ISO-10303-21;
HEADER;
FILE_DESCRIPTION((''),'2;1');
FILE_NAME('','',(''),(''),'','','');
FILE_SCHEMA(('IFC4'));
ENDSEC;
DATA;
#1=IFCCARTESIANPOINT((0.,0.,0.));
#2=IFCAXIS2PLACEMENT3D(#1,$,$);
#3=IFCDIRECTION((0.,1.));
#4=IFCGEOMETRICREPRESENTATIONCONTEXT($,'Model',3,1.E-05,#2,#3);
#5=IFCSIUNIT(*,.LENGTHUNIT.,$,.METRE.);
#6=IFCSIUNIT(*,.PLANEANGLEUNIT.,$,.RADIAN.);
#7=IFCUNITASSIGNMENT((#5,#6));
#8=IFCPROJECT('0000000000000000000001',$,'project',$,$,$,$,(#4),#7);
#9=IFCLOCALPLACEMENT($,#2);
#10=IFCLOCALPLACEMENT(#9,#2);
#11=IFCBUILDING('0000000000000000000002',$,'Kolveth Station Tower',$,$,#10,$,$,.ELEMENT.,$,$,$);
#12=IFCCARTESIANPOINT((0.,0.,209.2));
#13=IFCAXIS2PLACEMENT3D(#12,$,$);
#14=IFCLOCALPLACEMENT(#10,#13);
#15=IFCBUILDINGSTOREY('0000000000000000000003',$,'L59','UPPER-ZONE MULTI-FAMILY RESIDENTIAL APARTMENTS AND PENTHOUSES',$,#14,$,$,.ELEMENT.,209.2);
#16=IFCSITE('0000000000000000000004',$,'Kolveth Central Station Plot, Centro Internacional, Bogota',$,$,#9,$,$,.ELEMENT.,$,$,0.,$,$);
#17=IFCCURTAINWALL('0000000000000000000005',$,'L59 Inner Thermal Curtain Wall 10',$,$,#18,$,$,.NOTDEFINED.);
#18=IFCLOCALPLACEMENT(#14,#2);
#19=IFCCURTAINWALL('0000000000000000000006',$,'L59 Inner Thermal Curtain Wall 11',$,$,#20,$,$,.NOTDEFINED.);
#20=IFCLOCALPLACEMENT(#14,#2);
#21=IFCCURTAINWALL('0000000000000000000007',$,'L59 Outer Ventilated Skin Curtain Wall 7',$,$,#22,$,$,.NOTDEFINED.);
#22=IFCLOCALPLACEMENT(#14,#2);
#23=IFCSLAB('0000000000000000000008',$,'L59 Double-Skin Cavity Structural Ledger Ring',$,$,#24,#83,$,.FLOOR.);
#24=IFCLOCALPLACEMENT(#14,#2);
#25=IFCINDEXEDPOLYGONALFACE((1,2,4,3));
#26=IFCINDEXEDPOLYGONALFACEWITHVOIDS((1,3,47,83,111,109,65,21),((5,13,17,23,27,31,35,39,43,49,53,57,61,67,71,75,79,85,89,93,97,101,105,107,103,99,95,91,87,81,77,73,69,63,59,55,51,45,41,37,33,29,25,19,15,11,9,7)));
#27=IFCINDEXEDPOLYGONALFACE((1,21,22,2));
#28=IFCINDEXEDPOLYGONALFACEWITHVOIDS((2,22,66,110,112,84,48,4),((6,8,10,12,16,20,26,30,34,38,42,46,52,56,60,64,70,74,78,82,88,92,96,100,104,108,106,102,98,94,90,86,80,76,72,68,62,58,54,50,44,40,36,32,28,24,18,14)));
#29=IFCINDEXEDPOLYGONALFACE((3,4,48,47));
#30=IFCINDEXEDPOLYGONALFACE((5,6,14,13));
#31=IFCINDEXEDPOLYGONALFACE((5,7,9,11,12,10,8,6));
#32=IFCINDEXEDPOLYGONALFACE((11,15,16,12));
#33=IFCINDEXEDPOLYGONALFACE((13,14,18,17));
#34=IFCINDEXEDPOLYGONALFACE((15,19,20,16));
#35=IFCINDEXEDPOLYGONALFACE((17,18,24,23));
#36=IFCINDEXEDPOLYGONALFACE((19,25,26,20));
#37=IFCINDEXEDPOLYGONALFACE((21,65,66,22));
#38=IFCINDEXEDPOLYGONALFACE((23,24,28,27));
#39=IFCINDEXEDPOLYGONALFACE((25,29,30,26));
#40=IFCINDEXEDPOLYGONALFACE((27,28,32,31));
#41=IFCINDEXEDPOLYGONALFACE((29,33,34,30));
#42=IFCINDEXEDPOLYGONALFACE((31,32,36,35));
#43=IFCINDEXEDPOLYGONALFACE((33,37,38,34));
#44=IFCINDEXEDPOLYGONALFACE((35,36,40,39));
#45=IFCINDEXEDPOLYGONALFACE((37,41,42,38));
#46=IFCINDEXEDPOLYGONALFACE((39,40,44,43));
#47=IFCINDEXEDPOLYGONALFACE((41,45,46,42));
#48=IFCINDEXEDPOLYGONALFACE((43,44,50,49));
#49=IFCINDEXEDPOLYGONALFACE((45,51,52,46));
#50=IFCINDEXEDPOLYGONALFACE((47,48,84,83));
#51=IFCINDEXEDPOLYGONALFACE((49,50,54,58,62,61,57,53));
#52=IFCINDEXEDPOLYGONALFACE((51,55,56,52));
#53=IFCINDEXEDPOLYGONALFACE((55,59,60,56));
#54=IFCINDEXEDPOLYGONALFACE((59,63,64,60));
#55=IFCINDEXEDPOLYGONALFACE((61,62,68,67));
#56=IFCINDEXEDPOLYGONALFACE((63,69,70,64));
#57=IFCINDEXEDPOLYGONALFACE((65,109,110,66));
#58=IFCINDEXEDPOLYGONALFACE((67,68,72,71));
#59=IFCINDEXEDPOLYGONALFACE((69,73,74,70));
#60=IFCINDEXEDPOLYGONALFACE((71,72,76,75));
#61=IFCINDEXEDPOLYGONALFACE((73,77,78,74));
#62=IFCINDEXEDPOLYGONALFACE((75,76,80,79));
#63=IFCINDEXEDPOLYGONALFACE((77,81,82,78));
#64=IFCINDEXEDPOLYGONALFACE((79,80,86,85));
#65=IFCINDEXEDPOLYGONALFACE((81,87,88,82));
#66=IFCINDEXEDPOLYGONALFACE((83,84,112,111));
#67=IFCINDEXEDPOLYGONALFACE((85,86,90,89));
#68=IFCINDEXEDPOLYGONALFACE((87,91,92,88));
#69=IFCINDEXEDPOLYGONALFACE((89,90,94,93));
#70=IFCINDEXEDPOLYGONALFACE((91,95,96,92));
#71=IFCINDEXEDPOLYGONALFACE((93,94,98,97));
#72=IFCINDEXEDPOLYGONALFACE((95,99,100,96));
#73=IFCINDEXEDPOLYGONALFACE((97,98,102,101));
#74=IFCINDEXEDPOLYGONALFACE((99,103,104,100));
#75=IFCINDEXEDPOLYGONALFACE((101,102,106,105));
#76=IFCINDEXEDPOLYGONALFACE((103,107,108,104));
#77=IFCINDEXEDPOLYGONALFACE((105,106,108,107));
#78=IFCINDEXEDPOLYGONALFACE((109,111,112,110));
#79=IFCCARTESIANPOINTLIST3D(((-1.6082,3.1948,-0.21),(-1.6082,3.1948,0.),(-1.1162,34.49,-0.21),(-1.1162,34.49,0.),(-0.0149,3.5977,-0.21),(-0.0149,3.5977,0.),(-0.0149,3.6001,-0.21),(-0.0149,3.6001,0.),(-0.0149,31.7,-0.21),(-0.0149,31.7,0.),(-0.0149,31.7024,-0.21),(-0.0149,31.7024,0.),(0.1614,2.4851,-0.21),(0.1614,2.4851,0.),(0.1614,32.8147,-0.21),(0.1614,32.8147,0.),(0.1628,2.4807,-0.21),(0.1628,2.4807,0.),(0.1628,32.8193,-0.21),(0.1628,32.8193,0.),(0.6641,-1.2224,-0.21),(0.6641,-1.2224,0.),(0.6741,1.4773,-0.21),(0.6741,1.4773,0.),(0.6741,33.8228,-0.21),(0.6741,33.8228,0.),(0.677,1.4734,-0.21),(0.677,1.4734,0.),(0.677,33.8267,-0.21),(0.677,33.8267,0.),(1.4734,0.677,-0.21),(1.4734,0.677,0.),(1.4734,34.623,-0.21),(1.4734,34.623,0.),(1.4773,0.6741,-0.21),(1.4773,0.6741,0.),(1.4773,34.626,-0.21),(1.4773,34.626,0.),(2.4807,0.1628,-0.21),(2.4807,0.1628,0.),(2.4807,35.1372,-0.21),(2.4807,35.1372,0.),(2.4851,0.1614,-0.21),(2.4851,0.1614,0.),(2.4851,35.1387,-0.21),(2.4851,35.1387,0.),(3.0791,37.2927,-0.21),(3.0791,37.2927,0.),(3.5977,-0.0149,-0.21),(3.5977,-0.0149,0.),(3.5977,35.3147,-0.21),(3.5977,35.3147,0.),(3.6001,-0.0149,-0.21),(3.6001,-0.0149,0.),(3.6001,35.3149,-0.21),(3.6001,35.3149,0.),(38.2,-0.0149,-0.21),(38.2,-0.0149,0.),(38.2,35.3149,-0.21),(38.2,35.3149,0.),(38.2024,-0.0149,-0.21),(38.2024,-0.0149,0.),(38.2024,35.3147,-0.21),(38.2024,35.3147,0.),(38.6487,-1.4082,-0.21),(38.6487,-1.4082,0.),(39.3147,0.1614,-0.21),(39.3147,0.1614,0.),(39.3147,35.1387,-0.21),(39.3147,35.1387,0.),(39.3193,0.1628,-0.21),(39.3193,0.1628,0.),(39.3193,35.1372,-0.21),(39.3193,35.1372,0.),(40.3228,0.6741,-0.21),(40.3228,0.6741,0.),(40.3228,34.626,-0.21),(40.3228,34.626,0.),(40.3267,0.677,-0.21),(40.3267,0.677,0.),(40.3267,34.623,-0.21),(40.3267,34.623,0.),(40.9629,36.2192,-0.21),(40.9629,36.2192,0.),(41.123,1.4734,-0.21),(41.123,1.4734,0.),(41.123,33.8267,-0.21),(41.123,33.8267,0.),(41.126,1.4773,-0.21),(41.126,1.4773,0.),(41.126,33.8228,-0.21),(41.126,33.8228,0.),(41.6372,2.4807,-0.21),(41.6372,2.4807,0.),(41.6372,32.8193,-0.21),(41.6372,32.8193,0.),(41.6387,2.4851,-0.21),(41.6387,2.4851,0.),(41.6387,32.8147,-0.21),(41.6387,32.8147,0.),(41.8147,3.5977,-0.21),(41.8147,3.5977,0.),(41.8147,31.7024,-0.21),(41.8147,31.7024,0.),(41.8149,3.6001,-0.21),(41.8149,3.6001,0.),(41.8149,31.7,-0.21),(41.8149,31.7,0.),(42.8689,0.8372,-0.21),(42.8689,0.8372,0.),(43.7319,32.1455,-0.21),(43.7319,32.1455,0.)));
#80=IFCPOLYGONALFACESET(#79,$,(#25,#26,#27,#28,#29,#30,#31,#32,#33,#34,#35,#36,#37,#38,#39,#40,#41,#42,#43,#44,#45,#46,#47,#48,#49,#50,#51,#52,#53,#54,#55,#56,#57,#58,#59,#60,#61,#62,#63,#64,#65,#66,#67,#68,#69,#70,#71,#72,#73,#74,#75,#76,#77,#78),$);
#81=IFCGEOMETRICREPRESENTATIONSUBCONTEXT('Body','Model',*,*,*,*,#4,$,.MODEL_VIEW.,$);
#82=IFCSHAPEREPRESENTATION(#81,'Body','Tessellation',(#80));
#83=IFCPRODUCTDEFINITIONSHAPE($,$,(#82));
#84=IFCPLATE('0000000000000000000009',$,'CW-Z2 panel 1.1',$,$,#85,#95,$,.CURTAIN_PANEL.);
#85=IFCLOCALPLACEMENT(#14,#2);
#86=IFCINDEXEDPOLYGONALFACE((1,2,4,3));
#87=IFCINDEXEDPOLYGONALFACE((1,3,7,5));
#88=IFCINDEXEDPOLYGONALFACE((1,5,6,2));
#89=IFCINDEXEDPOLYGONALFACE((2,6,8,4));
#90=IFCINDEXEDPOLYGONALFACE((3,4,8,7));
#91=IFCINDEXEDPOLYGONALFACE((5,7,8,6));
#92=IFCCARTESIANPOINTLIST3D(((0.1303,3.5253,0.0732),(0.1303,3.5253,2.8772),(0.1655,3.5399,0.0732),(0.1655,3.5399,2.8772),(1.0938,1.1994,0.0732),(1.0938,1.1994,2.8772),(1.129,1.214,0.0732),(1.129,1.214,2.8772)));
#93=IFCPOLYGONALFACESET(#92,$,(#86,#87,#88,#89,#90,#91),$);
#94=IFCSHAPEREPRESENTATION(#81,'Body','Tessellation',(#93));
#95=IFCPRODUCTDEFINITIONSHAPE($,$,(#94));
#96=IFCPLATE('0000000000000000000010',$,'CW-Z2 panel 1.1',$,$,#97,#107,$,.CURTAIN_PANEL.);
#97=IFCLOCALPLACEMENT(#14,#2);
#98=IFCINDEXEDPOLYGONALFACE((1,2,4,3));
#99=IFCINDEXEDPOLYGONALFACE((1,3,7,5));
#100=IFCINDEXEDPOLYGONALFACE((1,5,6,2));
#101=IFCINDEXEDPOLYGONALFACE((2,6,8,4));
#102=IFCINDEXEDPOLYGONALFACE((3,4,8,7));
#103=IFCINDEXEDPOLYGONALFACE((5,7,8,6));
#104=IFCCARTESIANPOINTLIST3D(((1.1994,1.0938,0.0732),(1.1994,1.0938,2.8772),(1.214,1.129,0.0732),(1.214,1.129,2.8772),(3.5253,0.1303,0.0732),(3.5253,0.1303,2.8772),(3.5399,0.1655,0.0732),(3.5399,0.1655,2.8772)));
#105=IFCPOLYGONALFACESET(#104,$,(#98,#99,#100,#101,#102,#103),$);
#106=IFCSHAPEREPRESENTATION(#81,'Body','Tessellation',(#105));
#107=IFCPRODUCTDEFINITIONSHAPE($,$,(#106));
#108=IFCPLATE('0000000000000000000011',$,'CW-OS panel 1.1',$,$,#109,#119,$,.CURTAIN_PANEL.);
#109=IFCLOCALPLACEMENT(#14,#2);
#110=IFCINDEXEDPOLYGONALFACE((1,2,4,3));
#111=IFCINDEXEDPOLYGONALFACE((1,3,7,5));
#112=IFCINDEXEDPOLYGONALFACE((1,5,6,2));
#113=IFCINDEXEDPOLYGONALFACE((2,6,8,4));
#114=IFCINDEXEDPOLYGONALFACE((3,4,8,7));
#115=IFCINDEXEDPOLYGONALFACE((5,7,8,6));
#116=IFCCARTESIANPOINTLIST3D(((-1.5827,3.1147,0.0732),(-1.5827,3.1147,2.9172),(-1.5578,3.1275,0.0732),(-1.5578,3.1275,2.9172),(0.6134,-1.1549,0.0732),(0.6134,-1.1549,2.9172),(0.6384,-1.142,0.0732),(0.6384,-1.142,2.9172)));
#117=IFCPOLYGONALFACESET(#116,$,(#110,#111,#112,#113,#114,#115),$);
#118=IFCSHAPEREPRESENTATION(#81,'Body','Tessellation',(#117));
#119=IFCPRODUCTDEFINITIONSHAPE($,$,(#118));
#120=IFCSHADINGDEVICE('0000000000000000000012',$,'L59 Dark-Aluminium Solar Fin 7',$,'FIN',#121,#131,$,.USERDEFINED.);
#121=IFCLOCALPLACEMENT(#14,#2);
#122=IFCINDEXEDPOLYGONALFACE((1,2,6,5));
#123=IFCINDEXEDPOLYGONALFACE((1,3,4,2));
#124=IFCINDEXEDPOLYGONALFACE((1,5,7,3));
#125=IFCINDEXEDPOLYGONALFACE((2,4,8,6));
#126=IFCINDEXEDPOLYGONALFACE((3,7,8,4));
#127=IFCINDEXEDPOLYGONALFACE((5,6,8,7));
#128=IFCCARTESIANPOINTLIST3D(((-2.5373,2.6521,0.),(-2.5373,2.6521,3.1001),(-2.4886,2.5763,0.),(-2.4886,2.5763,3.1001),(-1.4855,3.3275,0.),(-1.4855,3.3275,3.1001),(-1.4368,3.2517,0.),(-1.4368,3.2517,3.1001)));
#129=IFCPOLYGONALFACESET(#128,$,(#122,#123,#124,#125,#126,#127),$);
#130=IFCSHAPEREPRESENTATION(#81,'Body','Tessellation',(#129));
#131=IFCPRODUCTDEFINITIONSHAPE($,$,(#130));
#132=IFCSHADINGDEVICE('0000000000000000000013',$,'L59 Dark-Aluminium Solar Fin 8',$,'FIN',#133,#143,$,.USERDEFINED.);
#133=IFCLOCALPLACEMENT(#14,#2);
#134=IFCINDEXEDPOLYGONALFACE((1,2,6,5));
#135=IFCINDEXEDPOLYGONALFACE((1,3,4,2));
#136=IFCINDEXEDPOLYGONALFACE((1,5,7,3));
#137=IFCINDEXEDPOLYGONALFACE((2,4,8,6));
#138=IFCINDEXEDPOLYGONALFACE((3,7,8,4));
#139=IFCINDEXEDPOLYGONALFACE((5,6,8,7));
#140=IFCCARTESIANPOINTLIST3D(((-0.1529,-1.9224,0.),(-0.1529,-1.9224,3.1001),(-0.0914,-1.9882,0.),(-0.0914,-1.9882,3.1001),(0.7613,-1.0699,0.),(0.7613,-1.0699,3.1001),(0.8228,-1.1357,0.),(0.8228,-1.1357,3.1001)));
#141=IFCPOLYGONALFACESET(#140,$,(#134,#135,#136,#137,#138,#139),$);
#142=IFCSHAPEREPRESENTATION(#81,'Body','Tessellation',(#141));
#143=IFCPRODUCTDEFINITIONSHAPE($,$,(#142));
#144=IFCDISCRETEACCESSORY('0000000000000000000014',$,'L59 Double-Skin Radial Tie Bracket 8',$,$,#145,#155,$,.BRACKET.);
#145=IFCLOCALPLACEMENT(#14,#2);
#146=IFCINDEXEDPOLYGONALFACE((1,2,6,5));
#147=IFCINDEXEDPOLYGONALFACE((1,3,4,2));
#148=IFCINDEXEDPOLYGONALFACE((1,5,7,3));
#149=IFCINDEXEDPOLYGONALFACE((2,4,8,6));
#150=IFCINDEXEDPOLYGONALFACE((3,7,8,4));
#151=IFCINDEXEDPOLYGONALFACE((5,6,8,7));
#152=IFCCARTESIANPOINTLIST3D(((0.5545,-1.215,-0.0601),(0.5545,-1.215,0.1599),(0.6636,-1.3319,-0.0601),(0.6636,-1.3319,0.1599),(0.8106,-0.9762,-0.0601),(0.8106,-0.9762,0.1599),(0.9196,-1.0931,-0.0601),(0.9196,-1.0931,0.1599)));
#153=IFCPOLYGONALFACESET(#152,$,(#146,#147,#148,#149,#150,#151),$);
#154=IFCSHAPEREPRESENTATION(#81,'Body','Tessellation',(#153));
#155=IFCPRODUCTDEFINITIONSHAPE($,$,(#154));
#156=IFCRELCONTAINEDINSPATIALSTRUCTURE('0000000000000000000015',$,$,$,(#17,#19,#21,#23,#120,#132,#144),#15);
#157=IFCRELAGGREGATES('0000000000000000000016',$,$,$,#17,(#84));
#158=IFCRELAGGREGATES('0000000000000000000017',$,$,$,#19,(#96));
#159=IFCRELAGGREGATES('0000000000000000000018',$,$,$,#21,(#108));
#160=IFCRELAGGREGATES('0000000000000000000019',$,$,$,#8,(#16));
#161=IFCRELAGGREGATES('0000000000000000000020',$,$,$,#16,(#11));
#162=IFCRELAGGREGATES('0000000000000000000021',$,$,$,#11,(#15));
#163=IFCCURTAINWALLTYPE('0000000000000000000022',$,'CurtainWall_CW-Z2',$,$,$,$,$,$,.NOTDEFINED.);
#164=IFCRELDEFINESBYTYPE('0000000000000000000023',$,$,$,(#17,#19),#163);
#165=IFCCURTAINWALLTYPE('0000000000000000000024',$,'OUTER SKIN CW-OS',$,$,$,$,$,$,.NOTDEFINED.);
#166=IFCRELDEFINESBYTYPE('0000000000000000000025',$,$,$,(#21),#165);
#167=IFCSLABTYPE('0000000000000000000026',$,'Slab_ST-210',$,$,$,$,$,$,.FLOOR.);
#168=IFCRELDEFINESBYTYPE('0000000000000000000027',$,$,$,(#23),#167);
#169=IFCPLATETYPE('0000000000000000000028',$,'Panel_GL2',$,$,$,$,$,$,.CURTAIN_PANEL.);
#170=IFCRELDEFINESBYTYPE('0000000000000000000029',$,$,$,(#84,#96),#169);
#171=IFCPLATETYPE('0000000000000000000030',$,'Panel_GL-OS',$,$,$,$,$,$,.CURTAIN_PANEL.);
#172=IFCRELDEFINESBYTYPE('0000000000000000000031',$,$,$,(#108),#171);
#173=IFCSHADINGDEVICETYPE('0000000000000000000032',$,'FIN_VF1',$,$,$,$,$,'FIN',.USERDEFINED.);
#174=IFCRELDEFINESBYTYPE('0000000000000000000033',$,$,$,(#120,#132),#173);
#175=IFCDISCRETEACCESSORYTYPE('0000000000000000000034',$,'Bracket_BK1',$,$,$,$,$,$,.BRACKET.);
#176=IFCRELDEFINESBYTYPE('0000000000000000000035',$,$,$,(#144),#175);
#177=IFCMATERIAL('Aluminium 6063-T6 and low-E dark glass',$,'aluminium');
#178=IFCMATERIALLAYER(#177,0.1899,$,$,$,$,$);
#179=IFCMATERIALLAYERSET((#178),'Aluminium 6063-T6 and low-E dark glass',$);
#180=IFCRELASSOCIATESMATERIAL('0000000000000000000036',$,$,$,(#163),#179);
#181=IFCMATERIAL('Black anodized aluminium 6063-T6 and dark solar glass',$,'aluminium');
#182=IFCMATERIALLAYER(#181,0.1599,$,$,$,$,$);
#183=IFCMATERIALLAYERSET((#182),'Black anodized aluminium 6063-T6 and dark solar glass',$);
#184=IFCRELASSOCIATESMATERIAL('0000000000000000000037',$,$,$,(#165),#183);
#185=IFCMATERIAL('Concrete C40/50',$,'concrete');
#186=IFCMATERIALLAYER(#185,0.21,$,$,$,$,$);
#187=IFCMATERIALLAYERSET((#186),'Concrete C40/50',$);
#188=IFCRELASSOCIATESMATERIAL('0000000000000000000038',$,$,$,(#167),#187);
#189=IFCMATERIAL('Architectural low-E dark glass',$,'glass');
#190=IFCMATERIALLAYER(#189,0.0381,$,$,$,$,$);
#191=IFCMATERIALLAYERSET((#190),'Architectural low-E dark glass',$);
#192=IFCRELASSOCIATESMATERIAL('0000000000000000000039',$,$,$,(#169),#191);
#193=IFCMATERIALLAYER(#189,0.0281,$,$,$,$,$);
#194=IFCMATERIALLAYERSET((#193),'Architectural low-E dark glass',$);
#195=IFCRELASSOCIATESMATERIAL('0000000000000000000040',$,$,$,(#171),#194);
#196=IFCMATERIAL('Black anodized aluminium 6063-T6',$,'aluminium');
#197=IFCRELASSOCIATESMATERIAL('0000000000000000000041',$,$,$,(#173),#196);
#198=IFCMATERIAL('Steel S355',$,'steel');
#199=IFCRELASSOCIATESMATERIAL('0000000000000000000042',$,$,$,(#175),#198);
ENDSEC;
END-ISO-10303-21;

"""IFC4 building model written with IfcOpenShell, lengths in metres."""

from ifc_helpers import new_model, si_unit, direction, frame, origin, origin_2d, place, context, subcontext, project, spatial, polyline, rectangle, outline, extrude, source, transform, mapped, material, layer, layer_set, type_object, element, aggregate, save


model = new_model("IFC4")

# Units and contexts
model_context = context("Model", 3, precision=1e-05, world=origin(), true_north=direction((0.0, 1.0)))
body_context = subcontext(model_context, "Body", "Model", "MODEL_VIEW")
ifc_project = project(units=[si_unit("LENGTHUNIT", "METRE"), si_unit("PLANEANGLEUNIT", "RADIAN")], contexts=[model_context])

# Site, building, storey
site_placement = place(None, origin())
site = spatial("IfcSite", under=ifc_project, at=site_placement, Name="Kolveth Central Station Plot, Centro Internacional, Bogota", CompositionType="ELEMENT", RefElevation=0.0)
building_placement = place(site_placement, origin())
building = spatial("IfcBuilding", under=site, at=building_placement, Name="Kolveth Station Tower", CompositionType="ELEMENT")
storey_placement = place(building_placement, frame((0.0, 0.0, 209.2)))
storey = spatial("IfcBuildingStorey", under=building, at=storey_placement, Name="L59", Description="UPPER-ZONE MULTI-FAMILY RESIDENTIAL APARTMENTS AND PENTHOUSES", CompositionType="ELEMENT", Elevation=209.2)

# Curtain wall
ifc_material_1 = material(Name="Aluminium 6063-T6 and low-E dark glass", Category="aluminium")
ifc_layer_1 = layer(ifc_material_1, 0.1899)
ifc_layer_set_1 = layer_set([ifc_layer_1], Name="Aluminium 6063-T6 and low-E dark glass")
curtain_wall_type_1 = type_object("IfcCurtainWallType", Name="CurtainWall_CW-Z2", PredefinedType="NOTDEFINED", material=ifc_layer_set_1)
curtain_wall_1_placement = place(storey_placement, origin())
curtain_wall_1 = element("IfcCurtainWall", 1, at=curtain_wall_1_placement, inside=storey, type_object=curtain_wall_type_1, Name="L59 Inner Thermal Curtain Wall 10", PredefinedType="NOTDEFINED")
ifc_material_2 = material(Name="Black anodized aluminium 6063-T6", Category="aluminium")

# Curtain wall
curtain_wall_2_placement = place(storey_placement, origin())
curtain_wall_2 = element("IfcCurtainWall", 2, at=curtain_wall_2_placement, inside=storey, type_object=curtain_wall_type_1, Name="L59 Inner Thermal Curtain Wall 11", PredefinedType="NOTDEFINED")

# Curtain wall
ifc_material_3 = material(Name="Black anodized aluminium 6063-T6 and dark solar glass", Category="aluminium")
ifc_layer_2 = layer(ifc_material_3, 0.1599)
ifc_layer_set_2 = layer_set([ifc_layer_2], Name="Black anodized aluminium 6063-T6 and dark solar glass")
curtain_wall_type_2 = type_object("IfcCurtainWallType", Name="OUTER SKIN CW-OS", PredefinedType="NOTDEFINED", material=ifc_layer_set_2)
curtain_wall_3_placement = place(storey_placement, origin())
curtain_wall_3 = element("IfcCurtainWall", 3, at=curtain_wall_3_placement, inside=storey, type_object=curtain_wall_type_2, Name="L59 Outer Ventilated Skin Curtain Wall 7", PredefinedType="NOTDEFINED")

# Shared definitions
ifc_material_4 = material(Name="Concrete C40/50", Category="concrete")

# Slab
ifc_layer_3 = layer(ifc_material_4, 0.21)
ifc_layer_set_3 = layer_set([ifc_layer_3], Name="Concrete C40/50")
slab_type_1 = type_object("IfcSlabType", Name="Slab_ST-210", PredefinedType="FLOOR", material=ifc_layer_set_3)
slab_1_placement = place(storey_placement, frame((0.0, 0.0, -0.21)))
element("IfcSlab", 4, at=slab_1_placement, inside=storey, type_object=slab_type_1, Name="L59 Double-Skin Cavity Structural Ledger Ring", PredefinedType="FLOOR", context=body_context, shape_type="SweptSolid", body=[
    extrude(outline(polyline([(0.6641, -1.2224), (-1.6082, 3.1948), (-1.1162, 34.49), (3.0791, 37.2927), (40.9629, 36.2192), (43.7319, 32.1455), (42.8689, 0.8372), (38.6487, -1.4082), (0.6641, -1.2224)]), holes=[polyline([(38.2024, -0.0149), (39.3147, 0.1614), (39.3193, 0.1628), (40.3228, 0.6741), (40.3267, 0.677), (41.123, 1.4734), (41.126, 1.4773), (41.6372, 2.4807), (41.6387, 2.4851), (41.8147, 3.5977), (41.8149, 3.6001), (41.8149, 31.7), (41.8147, 31.7024), (41.6387, 32.8147), (41.6372, 32.8193), (41.126, 33.8228), (41.123, 33.8267), (40.3267, 34.623), (40.3228, 34.626), (39.3193, 35.1372), (39.3147, 35.1387), (38.2024, 35.3147), (38.2, 35.3149), (3.6001, 35.3149), (3.5977, 35.3147), (2.4851, 35.1387), (2.4807, 35.1372), (1.4773, 34.626), (1.4734, 34.623), (0.677, 33.8267), (0.6741, 33.8228), (0.1628, 32.8193), (0.1614, 32.8147), (-0.0149, 31.7024), (-0.0149, 31.7), (-0.0149, 3.6001), (-0.0149, 3.5977), (0.1614, 2.4851), (0.1628, 2.4807), (0.6741, 1.4773), (0.677, 1.4734), (1.4734, 0.677), (1.4773, 0.6741), (2.4807, 0.1628), (2.4851, 0.1614), (3.5977, -0.0149), (3.6001, -0.0149), (38.2, -0.0149), (38.2024, -0.0149)])]), origin(), (0.0, 0.0, 1.0), 0.21),
])

# Plates
ifc_material_5 = material(Name="Architectural low-E dark glass", Category="glass")
ifc_layer_4 = layer(ifc_material_5, 0.0381)
ifc_layer_set_4 = layer_set([ifc_layer_4], Name="Architectural low-E dark glass")
plate_type_1 = type_object("IfcPlateType", Name="Panel_GL2", PredefinedType="CURTAIN_PANEL", material=ifc_layer_set_4)
shared_shape_1 = source(origin(), body_context, "Body", "SweptSolid", [
    extrude(rectangle(XDim=2.5176, YDim=0.0381, at=origin_2d()), origin(), (0.0, 0.0, 1.0), 2.804),
])
plate_1_placement = place(storey_placement, frame((0.6296, 2.3696, 0.0732), z_axis=(0.0, 0.0, 1.0), x_axis=(0.382698, -0.923874, 0.0)))
plate_1 = element("IfcPlate", 5, at=plate_1_placement, type_object=plate_type_1, Name="CW-Z2 panel 1.1", PredefinedType="CURTAIN_PANEL", context=body_context, shape_type="MappedRepresentation", body=[
    mapped(shared_shape_1, transform((0.0, 0.0, 0.0), x_axis=(1.0, 0.0, 0.0), y_axis=(0.0, 1.0, 0.0), z_axis=(0.0, 0.0, 1.0), scale=1.0)),
])
aggregate(curtain_wall_1, [plate_1])
plate_2_placement = place(storey_placement, frame((2.3696, 0.6296, 0.0732), z_axis=(0.0, 0.0, 1.0), x_axis=(0.923874, -0.382698, 0.0)))
plate_2 = element("IfcPlate", 6, at=plate_2_placement, type_object=plate_type_1, Name="CW-Z2 panel 1.1", PredefinedType="CURTAIN_PANEL", context=body_context, shape_type="MappedRepresentation", body=[
    mapped(shared_shape_1, transform((0.0, 0.0, 0.0), x_axis=(1.0, 0.0, 0.0), y_axis=(0.0, 1.0, 0.0), z_axis=(0.0, 0.0, 1.0), scale=1.0)),
])
aggregate(curtain_wall_2, [plate_2])
ifc_layer_5 = layer(ifc_material_5, 0.0281)
ifc_layer_set_5 = layer_set([ifc_layer_5], Name="Architectural low-E dark glass")
plate_type_2 = type_object("IfcPlateType", Name="Panel_GL-OS", PredefinedType="CURTAIN_PANEL", material=ifc_layer_set_5)
shared_shape_2 = source(origin(), body_context, "Body", "SweptSolid", [
    extrude(rectangle(XDim=4.8013, YDim=0.0281, at=origin_2d()), origin(), (0.0, 0.0, 1.0), 2.844),
])
plate_3_placement = place(storey_placement, frame((-0.4722, 0.9863, 0.0732), z_axis=(0.0, 0.0, 1.0), x_axis=(0.457411, -0.889255, 0.0)))
plate_3 = element("IfcPlate", 7, at=plate_3_placement, type_object=plate_type_2, Name="CW-OS panel 1.1", PredefinedType="CURTAIN_PANEL", context=body_context, shape_type="MappedRepresentation", body=[
    mapped(shared_shape_2, transform((0.0, 0.0, 0.0), x_axis=(1.0, 0.0, 0.0), y_axis=(0.0, 1.0, 0.0), z_axis=(0.0, 0.0, 1.0), scale=1.0)),
])
aggregate(curtain_wall_3, [plate_3])

# Shading devices
shading_device_type = type_object("IfcShadingDeviceType", Name="FIN_VF1", ElementType="FIN", PredefinedType="USERDEFINED", material=ifc_material_2)
shared_shape_3 = source(origin(), body_context, "Body", "SweptSolid", [
    extrude(rectangle(XDim=1.25, YDim=0.0901, at=origin_2d()), origin(), (0.0, 0.0, 1.0), 3.1001),
])
for number, where, z_axis, x_axis, name in (
    (8, (-1.9871, 2.9519, 0.0), (0.0, 0.0, 1.0), (-0.841416, -0.540387, 0.0), "L59 Dark-Aluminium Solar Fin 7"),
    (9, (0.335, -1.5291, 0.0), (0.0, 0.0, 1.0), (-0.731354, -0.681998, 0.0), "L59 Dark-Aluminium Solar Fin 8"),
):
    element("IfcShadingDevice", number, at=place(storey_placement, frame(where, z_axis=z_axis, x_axis=x_axis)), inside=storey, type_object=shading_device_type, Name=name, ObjectType="FIN", PredefinedType="USERDEFINED", context=body_context, shape_type="MappedRepresentation", body=[
        mapped(shared_shape_3, transform((0.0, 0.0, 0.0), x_axis=(1.0, 0.0, 0.0), y_axis=(0.0, 1.0, 0.0), z_axis=(0.0, 0.0, 1.0), scale=1.0)),
    ])

# Discrete accessory
ifc_material_6 = material(Name="Steel S355", Category="steel")
discrete_accessory_type = type_object("IfcDiscreteAccessoryType", Name="Bracket_BK1", PredefinedType="BRACKET", material=ifc_material_6)
shared_shape_4 = source(origin(), body_context, "Body", "SweptSolid", [
    extrude(rectangle(XDim=0.3501, YDim=0.1599, at=origin_2d()), origin(), (0.0, 0.0, 1.0), 0.22),
])
discrete_accessory_placement = place(storey_placement, frame((0.7371, -1.1541, -0.0601), z_axis=(0.0, 0.0, 1.0), x_axis=(-0.731354, -0.681998, 0.0)))
element("IfcDiscreteAccessory", 10, at=discrete_accessory_placement, inside=storey, type_object=discrete_accessory_type, Name="L59 Double-Skin Radial Tie Bracket 8", PredefinedType="BRACKET", context=body_context, shape_type="MappedRepresentation", body=[
    mapped(shared_shape_4, transform((0.0, 0.0, 0.0), x_axis=(1.0, 0.0, 0.0), y_axis=(0.0, 1.0, 0.0), z_axis=(0.0, 0.0, 1.0), scale=1.0)),
])

save(model, "model.ifc")
